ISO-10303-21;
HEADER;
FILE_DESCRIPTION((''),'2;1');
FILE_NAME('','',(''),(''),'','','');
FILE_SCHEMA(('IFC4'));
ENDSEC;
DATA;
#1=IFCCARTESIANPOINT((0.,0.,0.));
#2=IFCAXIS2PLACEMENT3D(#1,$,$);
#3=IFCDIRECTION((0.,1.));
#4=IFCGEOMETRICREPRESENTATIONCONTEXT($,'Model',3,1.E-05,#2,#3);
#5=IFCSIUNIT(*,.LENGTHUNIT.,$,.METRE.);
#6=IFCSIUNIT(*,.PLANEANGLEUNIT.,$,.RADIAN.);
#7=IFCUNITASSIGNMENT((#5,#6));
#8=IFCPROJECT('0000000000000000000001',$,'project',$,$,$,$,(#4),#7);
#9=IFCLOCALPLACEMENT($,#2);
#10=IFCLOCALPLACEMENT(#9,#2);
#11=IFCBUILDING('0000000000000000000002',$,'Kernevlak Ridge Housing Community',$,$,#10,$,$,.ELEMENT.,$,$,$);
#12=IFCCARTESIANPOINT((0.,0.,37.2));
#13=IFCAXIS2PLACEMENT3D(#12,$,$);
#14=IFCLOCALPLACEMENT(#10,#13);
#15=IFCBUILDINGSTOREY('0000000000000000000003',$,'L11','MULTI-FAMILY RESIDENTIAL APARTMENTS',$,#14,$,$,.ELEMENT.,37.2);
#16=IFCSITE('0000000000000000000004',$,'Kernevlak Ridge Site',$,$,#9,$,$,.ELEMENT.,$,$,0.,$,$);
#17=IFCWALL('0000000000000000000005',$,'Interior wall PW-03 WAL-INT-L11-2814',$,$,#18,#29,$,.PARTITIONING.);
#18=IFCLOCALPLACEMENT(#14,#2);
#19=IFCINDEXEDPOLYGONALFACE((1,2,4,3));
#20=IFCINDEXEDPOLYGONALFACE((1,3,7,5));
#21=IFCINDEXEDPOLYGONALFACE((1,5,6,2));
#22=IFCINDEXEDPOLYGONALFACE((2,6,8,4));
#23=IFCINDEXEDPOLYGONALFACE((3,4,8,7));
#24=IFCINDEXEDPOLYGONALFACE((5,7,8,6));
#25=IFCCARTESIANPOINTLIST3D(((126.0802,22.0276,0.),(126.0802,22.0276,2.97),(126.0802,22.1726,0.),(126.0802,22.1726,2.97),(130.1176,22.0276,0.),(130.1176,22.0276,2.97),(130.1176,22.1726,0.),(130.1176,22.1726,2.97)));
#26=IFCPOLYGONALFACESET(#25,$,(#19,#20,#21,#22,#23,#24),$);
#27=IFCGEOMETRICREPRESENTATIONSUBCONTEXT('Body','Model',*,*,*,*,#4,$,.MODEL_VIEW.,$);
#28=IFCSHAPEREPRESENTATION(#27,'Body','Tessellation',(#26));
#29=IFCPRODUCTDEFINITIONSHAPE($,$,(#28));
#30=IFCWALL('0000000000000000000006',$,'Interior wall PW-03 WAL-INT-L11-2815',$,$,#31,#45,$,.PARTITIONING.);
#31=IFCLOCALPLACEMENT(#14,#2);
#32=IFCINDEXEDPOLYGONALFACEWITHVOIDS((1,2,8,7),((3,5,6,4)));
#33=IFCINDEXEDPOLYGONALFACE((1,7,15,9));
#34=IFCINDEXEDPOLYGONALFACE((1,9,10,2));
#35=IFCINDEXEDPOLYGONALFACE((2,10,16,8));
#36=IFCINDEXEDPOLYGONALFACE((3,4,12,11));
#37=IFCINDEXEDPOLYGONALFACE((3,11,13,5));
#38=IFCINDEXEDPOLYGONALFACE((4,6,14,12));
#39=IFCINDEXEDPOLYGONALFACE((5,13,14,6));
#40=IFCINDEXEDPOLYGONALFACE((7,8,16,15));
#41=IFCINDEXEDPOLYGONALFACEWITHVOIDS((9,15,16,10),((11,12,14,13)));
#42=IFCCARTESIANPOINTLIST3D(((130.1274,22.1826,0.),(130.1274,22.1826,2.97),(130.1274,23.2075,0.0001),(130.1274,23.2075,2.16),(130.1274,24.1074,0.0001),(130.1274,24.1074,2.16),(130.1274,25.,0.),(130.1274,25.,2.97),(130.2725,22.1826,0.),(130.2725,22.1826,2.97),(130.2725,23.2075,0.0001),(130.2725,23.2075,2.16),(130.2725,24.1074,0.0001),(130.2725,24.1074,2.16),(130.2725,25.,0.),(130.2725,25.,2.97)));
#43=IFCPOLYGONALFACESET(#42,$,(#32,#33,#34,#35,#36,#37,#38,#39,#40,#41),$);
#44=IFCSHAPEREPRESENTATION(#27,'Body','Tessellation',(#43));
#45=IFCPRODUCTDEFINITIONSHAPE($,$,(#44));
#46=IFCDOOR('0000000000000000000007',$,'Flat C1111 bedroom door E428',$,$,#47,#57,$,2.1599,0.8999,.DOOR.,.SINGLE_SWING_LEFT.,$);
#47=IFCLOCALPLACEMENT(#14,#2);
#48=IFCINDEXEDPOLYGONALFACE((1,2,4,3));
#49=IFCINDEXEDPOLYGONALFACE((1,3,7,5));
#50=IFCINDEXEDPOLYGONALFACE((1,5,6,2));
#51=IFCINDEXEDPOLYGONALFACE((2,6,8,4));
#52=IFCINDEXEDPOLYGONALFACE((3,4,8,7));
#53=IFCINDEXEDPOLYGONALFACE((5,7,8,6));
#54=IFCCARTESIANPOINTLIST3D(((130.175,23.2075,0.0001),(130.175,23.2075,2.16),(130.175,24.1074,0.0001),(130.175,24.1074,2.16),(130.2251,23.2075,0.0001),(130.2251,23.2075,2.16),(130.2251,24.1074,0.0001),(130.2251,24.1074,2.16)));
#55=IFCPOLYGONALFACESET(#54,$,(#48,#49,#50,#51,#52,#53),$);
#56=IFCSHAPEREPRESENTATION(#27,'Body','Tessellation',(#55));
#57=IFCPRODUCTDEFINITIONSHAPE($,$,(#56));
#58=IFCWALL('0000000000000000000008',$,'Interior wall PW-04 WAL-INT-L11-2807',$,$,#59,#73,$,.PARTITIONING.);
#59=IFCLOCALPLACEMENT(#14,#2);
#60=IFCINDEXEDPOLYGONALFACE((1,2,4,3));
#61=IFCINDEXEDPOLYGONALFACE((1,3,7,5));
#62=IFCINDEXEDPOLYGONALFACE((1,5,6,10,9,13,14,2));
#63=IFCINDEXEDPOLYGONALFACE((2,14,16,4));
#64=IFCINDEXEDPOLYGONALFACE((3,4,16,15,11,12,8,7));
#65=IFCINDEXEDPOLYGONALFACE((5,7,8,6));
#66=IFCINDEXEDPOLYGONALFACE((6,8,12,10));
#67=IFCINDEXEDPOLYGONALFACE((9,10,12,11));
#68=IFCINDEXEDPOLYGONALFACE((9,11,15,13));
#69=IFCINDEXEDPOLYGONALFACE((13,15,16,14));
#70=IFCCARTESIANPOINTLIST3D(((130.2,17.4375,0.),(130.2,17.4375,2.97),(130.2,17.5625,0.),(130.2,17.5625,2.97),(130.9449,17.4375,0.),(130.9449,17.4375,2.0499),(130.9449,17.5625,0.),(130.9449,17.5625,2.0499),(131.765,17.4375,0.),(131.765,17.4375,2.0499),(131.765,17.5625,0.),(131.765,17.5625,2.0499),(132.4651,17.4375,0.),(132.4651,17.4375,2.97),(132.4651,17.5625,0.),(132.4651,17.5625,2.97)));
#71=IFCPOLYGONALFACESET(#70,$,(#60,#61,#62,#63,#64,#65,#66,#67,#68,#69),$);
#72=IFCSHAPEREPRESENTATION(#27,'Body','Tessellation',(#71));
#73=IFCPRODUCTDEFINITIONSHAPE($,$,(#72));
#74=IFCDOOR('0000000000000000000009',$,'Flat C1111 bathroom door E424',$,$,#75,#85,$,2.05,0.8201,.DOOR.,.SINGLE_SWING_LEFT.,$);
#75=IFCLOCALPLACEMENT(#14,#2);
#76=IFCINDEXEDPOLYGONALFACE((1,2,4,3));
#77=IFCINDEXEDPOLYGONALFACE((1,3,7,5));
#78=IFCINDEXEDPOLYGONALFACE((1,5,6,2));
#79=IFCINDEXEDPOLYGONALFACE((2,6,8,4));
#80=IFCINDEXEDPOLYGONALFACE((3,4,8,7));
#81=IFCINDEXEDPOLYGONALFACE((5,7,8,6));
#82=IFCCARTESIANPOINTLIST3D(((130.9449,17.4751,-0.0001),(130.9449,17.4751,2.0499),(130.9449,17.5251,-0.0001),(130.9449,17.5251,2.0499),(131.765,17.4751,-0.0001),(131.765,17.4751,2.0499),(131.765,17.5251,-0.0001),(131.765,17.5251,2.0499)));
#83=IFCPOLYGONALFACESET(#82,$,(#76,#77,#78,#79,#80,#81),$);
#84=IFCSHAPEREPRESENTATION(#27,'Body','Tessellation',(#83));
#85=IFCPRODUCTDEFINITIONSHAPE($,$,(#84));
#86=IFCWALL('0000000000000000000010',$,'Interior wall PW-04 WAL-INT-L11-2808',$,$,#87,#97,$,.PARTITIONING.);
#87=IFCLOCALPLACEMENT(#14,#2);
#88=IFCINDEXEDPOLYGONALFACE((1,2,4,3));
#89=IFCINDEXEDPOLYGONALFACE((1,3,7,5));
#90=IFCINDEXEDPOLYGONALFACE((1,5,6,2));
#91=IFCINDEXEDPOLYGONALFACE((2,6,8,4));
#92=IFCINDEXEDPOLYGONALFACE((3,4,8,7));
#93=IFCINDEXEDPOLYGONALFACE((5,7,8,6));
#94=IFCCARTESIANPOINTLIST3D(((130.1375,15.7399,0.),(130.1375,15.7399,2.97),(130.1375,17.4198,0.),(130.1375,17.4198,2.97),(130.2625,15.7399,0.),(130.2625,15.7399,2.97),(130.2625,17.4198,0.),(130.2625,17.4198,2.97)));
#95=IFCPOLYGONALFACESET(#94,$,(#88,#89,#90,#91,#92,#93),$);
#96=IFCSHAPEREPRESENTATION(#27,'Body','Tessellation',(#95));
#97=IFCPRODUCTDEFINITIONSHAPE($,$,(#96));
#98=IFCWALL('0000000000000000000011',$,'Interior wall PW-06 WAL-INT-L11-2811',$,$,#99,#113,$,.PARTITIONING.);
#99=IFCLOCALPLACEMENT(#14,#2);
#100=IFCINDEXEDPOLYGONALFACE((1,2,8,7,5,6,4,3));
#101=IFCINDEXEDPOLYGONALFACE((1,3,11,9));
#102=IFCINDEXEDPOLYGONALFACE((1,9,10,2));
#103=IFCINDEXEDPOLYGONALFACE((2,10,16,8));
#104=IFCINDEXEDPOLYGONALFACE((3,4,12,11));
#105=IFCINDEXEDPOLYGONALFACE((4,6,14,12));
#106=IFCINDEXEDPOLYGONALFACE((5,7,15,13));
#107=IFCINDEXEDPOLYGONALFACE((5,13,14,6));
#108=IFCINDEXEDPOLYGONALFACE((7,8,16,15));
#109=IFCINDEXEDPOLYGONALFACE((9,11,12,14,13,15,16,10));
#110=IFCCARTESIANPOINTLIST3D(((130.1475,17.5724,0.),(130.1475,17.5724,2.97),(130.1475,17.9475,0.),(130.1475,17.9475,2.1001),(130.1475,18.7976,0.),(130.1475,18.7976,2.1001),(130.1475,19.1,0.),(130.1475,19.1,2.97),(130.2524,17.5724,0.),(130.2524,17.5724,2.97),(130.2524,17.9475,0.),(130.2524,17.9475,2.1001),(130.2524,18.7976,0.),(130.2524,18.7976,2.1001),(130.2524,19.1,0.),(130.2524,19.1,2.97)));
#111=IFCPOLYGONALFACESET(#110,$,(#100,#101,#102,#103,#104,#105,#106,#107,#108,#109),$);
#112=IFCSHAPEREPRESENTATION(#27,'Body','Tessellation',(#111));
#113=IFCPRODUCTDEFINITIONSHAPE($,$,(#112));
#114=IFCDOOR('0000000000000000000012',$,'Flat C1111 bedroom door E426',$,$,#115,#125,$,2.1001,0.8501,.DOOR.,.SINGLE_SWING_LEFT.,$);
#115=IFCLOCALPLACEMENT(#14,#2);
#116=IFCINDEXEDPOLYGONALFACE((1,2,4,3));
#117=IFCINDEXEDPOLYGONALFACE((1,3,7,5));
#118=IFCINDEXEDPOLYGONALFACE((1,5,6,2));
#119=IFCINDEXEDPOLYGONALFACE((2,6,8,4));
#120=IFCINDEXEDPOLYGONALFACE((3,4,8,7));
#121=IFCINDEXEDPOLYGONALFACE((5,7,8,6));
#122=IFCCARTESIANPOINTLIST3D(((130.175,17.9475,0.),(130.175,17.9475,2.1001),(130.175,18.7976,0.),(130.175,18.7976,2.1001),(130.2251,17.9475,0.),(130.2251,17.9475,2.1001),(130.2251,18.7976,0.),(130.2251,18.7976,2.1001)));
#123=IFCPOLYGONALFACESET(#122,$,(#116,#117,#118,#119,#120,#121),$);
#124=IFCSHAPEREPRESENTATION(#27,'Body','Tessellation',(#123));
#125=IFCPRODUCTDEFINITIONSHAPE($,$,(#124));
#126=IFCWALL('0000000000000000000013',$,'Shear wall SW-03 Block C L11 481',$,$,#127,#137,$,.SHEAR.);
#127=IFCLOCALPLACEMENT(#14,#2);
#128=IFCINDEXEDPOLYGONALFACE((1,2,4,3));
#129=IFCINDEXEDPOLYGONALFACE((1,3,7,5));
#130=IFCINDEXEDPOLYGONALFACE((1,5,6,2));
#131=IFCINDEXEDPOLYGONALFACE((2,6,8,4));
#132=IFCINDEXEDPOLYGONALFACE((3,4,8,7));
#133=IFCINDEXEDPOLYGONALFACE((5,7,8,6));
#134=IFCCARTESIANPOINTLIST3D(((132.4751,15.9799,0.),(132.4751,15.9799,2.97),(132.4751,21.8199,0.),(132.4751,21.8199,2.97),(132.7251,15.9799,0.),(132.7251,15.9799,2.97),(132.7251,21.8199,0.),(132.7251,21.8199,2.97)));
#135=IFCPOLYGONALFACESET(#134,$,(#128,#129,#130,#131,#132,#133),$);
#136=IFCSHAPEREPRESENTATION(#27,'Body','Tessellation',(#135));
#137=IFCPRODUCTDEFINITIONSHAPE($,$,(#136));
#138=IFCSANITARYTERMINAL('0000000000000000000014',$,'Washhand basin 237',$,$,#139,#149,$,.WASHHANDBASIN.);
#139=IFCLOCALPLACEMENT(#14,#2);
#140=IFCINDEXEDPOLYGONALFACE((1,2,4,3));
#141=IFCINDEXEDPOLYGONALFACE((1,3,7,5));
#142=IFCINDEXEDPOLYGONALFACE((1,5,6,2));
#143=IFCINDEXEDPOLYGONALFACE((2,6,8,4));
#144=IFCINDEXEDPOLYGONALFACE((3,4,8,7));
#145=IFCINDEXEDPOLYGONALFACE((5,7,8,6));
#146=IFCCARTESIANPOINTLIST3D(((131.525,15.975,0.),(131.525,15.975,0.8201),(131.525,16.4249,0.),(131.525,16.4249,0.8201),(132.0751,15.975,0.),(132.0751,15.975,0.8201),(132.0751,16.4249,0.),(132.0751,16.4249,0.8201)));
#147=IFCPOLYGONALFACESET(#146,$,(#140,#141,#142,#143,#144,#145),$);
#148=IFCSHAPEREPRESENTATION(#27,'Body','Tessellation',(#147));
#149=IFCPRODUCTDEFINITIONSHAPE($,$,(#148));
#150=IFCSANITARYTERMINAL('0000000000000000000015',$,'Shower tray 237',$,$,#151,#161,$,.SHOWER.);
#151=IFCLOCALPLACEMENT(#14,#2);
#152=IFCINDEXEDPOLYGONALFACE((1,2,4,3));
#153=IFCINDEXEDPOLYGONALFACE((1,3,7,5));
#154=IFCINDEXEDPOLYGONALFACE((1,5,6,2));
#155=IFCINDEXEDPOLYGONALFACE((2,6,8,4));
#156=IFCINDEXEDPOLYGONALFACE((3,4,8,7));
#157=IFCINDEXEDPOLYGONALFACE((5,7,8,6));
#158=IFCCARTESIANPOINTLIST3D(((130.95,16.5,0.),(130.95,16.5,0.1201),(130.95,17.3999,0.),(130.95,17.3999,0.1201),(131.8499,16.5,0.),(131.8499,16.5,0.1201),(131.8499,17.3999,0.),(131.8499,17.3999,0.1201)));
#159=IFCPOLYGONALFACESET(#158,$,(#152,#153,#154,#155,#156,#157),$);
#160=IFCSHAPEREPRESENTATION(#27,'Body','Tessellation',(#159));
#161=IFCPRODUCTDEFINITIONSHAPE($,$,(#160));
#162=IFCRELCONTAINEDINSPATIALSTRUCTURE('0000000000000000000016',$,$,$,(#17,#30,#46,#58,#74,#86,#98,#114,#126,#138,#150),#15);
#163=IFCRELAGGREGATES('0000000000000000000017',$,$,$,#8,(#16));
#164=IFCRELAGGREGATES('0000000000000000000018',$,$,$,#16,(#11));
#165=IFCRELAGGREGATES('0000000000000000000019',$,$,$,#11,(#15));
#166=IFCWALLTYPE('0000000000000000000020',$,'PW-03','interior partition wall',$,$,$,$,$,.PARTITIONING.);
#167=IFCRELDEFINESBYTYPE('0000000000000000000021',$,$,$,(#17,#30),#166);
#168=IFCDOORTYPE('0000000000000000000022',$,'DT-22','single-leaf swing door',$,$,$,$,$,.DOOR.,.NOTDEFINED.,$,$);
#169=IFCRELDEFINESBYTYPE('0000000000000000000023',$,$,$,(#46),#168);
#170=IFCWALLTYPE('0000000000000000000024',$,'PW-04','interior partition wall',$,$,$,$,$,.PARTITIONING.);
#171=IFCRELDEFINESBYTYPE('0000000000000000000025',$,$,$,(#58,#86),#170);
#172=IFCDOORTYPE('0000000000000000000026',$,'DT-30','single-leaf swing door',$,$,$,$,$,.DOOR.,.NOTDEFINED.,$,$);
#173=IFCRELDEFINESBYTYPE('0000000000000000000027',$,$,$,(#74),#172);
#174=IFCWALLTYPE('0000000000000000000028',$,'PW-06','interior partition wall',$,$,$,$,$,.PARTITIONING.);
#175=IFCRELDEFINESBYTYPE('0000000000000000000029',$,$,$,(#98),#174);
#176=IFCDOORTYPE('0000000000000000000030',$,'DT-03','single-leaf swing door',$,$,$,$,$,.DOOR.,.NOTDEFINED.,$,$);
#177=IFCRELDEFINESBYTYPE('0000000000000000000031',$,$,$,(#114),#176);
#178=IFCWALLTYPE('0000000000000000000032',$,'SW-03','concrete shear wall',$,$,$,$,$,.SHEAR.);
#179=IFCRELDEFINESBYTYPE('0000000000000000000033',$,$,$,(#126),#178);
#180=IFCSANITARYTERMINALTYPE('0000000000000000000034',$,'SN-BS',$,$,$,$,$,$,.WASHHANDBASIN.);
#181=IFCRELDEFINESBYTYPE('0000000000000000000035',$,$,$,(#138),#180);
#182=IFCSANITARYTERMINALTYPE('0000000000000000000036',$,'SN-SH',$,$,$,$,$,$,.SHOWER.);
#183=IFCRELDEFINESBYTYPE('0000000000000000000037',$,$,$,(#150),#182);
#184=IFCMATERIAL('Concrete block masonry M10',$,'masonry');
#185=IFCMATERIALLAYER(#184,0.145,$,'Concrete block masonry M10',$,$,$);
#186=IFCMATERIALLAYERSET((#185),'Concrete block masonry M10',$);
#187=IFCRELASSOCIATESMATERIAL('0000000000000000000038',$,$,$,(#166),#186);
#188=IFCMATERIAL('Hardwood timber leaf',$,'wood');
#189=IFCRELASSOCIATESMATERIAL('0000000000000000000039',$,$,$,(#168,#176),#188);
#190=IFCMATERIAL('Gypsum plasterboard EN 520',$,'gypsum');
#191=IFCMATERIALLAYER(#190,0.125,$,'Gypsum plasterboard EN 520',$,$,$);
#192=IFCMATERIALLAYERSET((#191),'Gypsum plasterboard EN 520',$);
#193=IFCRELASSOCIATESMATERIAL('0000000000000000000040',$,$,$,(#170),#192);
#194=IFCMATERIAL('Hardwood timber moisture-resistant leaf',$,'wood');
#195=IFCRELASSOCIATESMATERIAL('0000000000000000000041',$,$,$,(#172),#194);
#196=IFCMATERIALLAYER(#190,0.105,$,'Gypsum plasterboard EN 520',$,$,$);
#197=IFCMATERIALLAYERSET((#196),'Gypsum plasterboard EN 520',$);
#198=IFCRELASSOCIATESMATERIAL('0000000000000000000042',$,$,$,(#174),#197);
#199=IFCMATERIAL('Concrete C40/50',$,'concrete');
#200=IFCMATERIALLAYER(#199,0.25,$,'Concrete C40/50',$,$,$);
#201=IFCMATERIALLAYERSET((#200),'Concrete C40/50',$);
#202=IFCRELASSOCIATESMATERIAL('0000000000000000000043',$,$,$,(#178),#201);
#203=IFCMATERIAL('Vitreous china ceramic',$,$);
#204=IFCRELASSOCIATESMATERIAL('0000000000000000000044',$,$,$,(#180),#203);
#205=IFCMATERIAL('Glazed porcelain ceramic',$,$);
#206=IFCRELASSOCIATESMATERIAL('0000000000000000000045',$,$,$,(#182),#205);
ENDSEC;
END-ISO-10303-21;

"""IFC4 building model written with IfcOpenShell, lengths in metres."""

from ifc_helpers import new_model, si_unit, direction, frame, frame_2d, origin, origin_2d, place, context, subcontext, project, spatial, rectangle, extrude, material, layer, layer_set, type_object, element, fill, save


model = new_model("IFC4")

# Units and contexts
model_context = context("Model", 3, precision=1e-05, world=origin(), true_north=direction((0.0, 1.0)))
body_context = subcontext(model_context, "Body", "Model", "MODEL_VIEW")
ifc_project = project(units=[si_unit("LENGTHUNIT", "METRE"), si_unit("PLANEANGLEUNIT", "RADIAN")], contexts=[model_context])

# Site, building, storey
site_placement = place(None, origin())
site = spatial("IfcSite", under=ifc_project, at=site_placement, Name="Kernevlak Ridge Site", CompositionType="ELEMENT", RefElevation=0.0)
building_placement = place(site_placement, origin())
building = spatial("IfcBuilding", under=site, at=building_placement, Name="Kernevlak Ridge Housing Community", CompositionType="ELEMENT")
storey_placement = place(building_placement, frame((0.0, 0.0, 37.2)))
storey = spatial("IfcBuildingStorey", under=building, at=storey_placement, Name="L11", Description="MULTI-FAMILY RESIDENTIAL APARTMENTS", CompositionType="ELEMENT", Elevation=37.2)

# Shared definitions
ifc_material_1 = material(Name="Concrete block masonry M10", Category="masonry")

# Shared definitions
ifc_layer_1 = layer(ifc_material_1, 0.145, Name="Concrete block masonry M10")
ifc_layer_set_1 = layer_set([ifc_layer_1], Name="Concrete block masonry M10")
wall_type_1 = type_object("IfcWallType", Name="PW-03", Description="interior partition wall", PredefinedType="PARTITIONING", material=ifc_layer_set_1)

# Shared definitions
ifc_material_2 = material(Name="Hardwood timber leaf", Category="wood")

# Wall
wall_1_placement = place(storey_placement, frame((130.1174, 22.1001, 0.0), z_axis=(0.0, 0.0, 1.0), x_axis=(-1.0, 0.0, 0.0)))
element("IfcWall", 1, at=wall_1_placement, inside=storey, type_object=wall_type_1, Name="Interior wall PW-03 WAL-INT-L11-2814", PredefinedType="PARTITIONING", context=body_context, shape_type="SweptSolid", body=[
    extrude(rectangle(XDim=4.0374, YDim=0.145, at=frame_2d((2.0186, 0.0))), origin(), (0.0, 0.0, 1.0), 2.97),
])

# Walls, openings, doors
wall_2_placement = place(storey_placement, frame((130.2, 22.1826, 0.0), z_axis=(0.0, 0.0, 1.0), x_axis=(0.0, 1.0, 0.0)))
wall_2 = element("IfcWall", 2, at=wall_2_placement, inside=storey, type_object=wall_type_1, Name="Interior wall PW-03 WAL-INT-L11-2815", PredefinedType="PARTITIONING", context=body_context, shape_type="SweptSolid", body=[
    extrude(rectangle(XDim=2.8174, YDim=0.145, at=frame_2d((1.4087, 0.0))), origin(), (0.0, 0.0, 1.0), 2.97),
])
opening_1_placement = place(wall_2_placement, frame((1.0249, 0.0, 0.0)))
opening_1 = element("IfcOpeningElement", 3, at=opening_1_placement, cuts=wall_2, PredefinedType="OPENING", context=body_context, shape_type="SweptSolid", body=[
    extrude(rectangle(XDim=0.8999, YDim=2.1599, at=frame_2d((0.45, 1.0801))), frame((0.0, 0.0825, 0.0), z_axis=(0.0, -1.0, 0.0), x_axis=(1.0, 0.0, 0.0)), (0.0, 0.0, 1.0), 0.165),
])
door_type_1 = type_object("IfcDoorType", Name="DT-22", Description="single-leaf swing door", OperationType="NOTDEFINED", PredefinedType="DOOR", material=ifc_material_2)
door_1_placement = place(opening_1_placement, origin())
door_1 = element("IfcDoor", 4, at=door_1_placement, inside=storey, type_object=door_type_1, Name="Flat C1111 bedroom door E428", OperationType="SINGLE_SWING_LEFT", OverallHeight=2.1599, OverallWidth=0.8999, PredefinedType="DOOR", context=body_context, shape_type="SweptSolid", body=[
    extrude(rectangle(XDim=0.8999, YDim=2.1599, at=frame_2d((0.45, 1.0801))), frame((0.0, 0.0249, 0.0), z_axis=(0.0, -1.0, 0.0), x_axis=(1.0, 0.0, 0.0)), (0.0, 0.0, 1.0), 0.05),
])
fill(opening_1, door_1)
ifc_material_3 = material(Name="Gypsum plasterboard EN 520", Category="gypsum")
ifc_layer_2 = layer(ifc_material_3, 0.125, Name="Gypsum plasterboard EN 520")
ifc_layer_set_2 = layer_set([ifc_layer_2], Name="Gypsum plasterboard EN 520")
wall_type_2 = type_object("IfcWallType", Name="PW-04", Description="interior partition wall", PredefinedType="PARTITIONING", material=ifc_layer_set_2)
wall_3_placement = place(storey_placement, frame((132.4651, 17.5, 0.0), z_axis=(0.0, 0.0, 1.0), x_axis=(-1.0, 0.0, 0.0)))
wall_3 = element("IfcWall", 5, at=wall_3_placement, inside=storey, type_object=wall_type_2, Name="Interior wall PW-04 WAL-INT-L11-2807", PredefinedType="PARTITIONING", context=body_context, shape_type="SweptSolid", body=[
    extrude(rectangle(XDim=2.2651, YDim=0.125, at=frame_2d((1.1326, 0.0))), origin(), (0.0, 0.0, 1.0), 2.97),
])
opening_2_placement = place(wall_3_placement, frame((0.7, 0.0, 0.0)))
opening_2 = element("IfcOpeningElement", 6, at=opening_2_placement, cuts=wall_3, PredefinedType="OPENING", context=body_context, shape_type="SweptSolid", body=[
    extrude(rectangle(XDim=0.8201, YDim=2.05, at=frame_2d((0.4102, 1.0249))), frame((0.0, 0.0725, 0.0), z_axis=(0.0, -1.0, 0.0), x_axis=(1.0, 0.0, 0.0)), (0.0, 0.0, 1.0), 0.145),
])
ifc_material_4 = material(Name="Hardwood timber moisture-resistant leaf", Category="wood")
door_type_2 = type_object("IfcDoorType", Name="DT-30", Description="single-leaf swing door", OperationType="NOTDEFINED", PredefinedType="DOOR", material=ifc_material_4)
door_2_placement = place(opening_2_placement, origin())
door_2 = element("IfcDoor", 7, at=door_2_placement, inside=storey, type_object=door_type_2, Name="Flat C1111 bathroom door E424", OperationType="SINGLE_SWING_LEFT", OverallHeight=2.05, OverallWidth=0.8201, PredefinedType="DOOR", context=body_context, shape_type="SweptSolid", body=[
    extrude(rectangle(XDim=0.8201, YDim=2.05, at=frame_2d((0.4102, 1.0249))), frame((0.0, 0.0249, 0.0), z_axis=(0.0, -1.0, 0.0), x_axis=(1.0, 0.0, 0.0)), (0.0, 0.0, 1.0), 0.05),
])
fill(opening_2, door_2)

# Wall
wall_4_placement = place(storey_placement, frame((130.2, 15.74, 0.0), z_axis=(0.0, 0.0, 1.0), x_axis=(0.0, 1.0, 0.0)))
element("IfcWall", 8, at=wall_4_placement, inside=storey, type_object=wall_type_2, Name="Interior wall PW-04 WAL-INT-L11-2808", PredefinedType="PARTITIONING", context=body_context, shape_type="SweptSolid", body=[
    extrude(rectangle(XDim=1.6799, YDim=0.125, at=frame_2d((0.8398, 0.0))), origin(), (0.0, 0.0, 1.0), 2.97),
])

# Wall, opening, door
ifc_layer_3 = layer(ifc_material_3, 0.105, Name="Gypsum plasterboard EN 520")
ifc_layer_set_3 = layer_set([ifc_layer_3], Name="Gypsum plasterboard EN 520")
wall_type_3 = type_object("IfcWallType", Name="PW-06", Description="interior partition wall", PredefinedType="PARTITIONING", material=ifc_layer_set_3)
wall_5_placement = place(storey_placement, frame((130.2, 17.5725, 0.0), z_axis=(0.0, 0.0, 1.0), x_axis=(0.0, 1.0, 0.0)))
wall_5 = element("IfcWall", 9, at=wall_5_placement, inside=storey, type_object=wall_type_3, Name="Interior wall PW-06 WAL-INT-L11-2811", PredefinedType="PARTITIONING", context=body_context, shape_type="SweptSolid", body=[
    extrude(rectangle(XDim=1.5276, YDim=0.105, at=frame_2d((0.7637, 0.0))), origin(), (0.0, 0.0, 1.0), 2.97),
])
opening_3_placement = place(wall_5_placement, frame((0.375, 0.0, 0.0)))
opening_3 = element("IfcOpeningElement", 10, at=opening_3_placement, cuts=wall_5, PredefinedType="OPENING", context=body_context, shape_type="SweptSolid", body=[
    extrude(rectangle(XDim=0.8501, YDim=2.1001, at=frame_2d((0.425, 1.05))), frame((0.0, 0.0625, 0.0), z_axis=(0.0, -1.0, 0.0), x_axis=(1.0, 0.0, 0.0)), (0.0, 0.0, 1.0), 0.125),
])
door_type_3 = type_object("IfcDoorType", Name="DT-03", Description="single-leaf swing door", OperationType="NOTDEFINED", PredefinedType="DOOR", material=ifc_material_2)
door_3_placement = place(opening_3_placement, origin())
door_3 = element("IfcDoor", 11, at=door_3_placement, inside=storey, type_object=door_type_3, Name="Flat C1111 bedroom door E426", OperationType="SINGLE_SWING_LEFT", OverallHeight=2.1001, OverallWidth=0.8501, PredefinedType="DOOR", context=body_context, shape_type="SweptSolid", body=[
    extrude(rectangle(XDim=0.8501, YDim=2.1001, at=frame_2d((0.425, 1.05))), frame((0.0, 0.0249, 0.0), z_axis=(0.0, -1.0, 0.0), x_axis=(1.0, 0.0, 0.0)), (0.0, 0.0, 1.0), 0.05),
])
fill(opening_3, door_3)

# Wall
ifc_material_5 = material(Name="Concrete C40/50", Category="concrete")
ifc_layer_4 = layer(ifc_material_5, 0.25, Name="Concrete C40/50")
ifc_layer_set_4 = layer_set([ifc_layer_4], Name="Concrete C40/50")
wall_type_4 = type_object("IfcWallType", Name="SW-03", Description="concrete shear wall", PredefinedType="SHEAR", material=ifc_layer_set_4)
wall_6_placement = place(storey_placement, frame((132.6001, 15.98, 0.0), z_axis=(0.0, 0.0, 1.0), x_axis=(0.0, 1.0, 0.0)))
element("IfcWall", 12, at=wall_6_placement, inside=storey, type_object=wall_type_4, Name="Shear wall SW-03 Block C L11 481", PredefinedType="SHEAR", context=body_context, shape_type="SweptSolid", body=[
    extrude(rectangle(XDim=5.8401, YDim=0.25, at=frame_2d((2.9199, 0.0))), origin(), (0.0, 0.0, 1.0), 2.97),
])

# Sanitary terminals
ifc_material_6 = material(Name="Vitreous china ceramic")
sanitary_terminal_type_1 = type_object("IfcSanitaryTerminalType", Name="SN-BS", PredefinedType="WASHHANDBASIN", material=ifc_material_6)
sanitary_terminal_1_placement = place(storey_placement, frame((131.8, 16.2, 0.0), z_axis=(0.0, 0.0, 1.0), x_axis=(1.0, 0.0, 0.0)))
element("IfcSanitaryTerminal", 13, at=sanitary_terminal_1_placement, inside=storey, type_object=sanitary_terminal_type_1, Name="Washhand basin 237", PredefinedType="WASHHANDBASIN", context=body_context, shape_type="SweptSolid", body=[
    extrude(rectangle(XDim=0.55, YDim=0.45, at=origin_2d()), origin(), (0.0, 0.0, 1.0), 0.8201),
])
ifc_material_7 = material(Name="Glazed porcelain ceramic")
sanitary_terminal_type_2 = type_object("IfcSanitaryTerminalType", Name="SN-SH", PredefinedType="SHOWER", material=ifc_material_7)
sanitary_terminal_2_placement = place(storey_placement, frame((131.3999, 16.95, 0.0), z_axis=(0.0, 0.0, 1.0), x_axis=(1.0, 0.0, 0.0)))
element("IfcSanitaryTerminal", 14, at=sanitary_terminal_2_placement, inside=storey, type_object=sanitary_terminal_type_2, Name="Shower tray 237", PredefinedType="SHOWER", context=body_context, shape_type="SweptSolid", body=[
    extrude(rectangle(XDim=0.8999, YDim=0.8999, at=origin_2d()), origin(), (0.0, 0.0, 1.0), 0.1201),
])

save(model, "model.ifc")
